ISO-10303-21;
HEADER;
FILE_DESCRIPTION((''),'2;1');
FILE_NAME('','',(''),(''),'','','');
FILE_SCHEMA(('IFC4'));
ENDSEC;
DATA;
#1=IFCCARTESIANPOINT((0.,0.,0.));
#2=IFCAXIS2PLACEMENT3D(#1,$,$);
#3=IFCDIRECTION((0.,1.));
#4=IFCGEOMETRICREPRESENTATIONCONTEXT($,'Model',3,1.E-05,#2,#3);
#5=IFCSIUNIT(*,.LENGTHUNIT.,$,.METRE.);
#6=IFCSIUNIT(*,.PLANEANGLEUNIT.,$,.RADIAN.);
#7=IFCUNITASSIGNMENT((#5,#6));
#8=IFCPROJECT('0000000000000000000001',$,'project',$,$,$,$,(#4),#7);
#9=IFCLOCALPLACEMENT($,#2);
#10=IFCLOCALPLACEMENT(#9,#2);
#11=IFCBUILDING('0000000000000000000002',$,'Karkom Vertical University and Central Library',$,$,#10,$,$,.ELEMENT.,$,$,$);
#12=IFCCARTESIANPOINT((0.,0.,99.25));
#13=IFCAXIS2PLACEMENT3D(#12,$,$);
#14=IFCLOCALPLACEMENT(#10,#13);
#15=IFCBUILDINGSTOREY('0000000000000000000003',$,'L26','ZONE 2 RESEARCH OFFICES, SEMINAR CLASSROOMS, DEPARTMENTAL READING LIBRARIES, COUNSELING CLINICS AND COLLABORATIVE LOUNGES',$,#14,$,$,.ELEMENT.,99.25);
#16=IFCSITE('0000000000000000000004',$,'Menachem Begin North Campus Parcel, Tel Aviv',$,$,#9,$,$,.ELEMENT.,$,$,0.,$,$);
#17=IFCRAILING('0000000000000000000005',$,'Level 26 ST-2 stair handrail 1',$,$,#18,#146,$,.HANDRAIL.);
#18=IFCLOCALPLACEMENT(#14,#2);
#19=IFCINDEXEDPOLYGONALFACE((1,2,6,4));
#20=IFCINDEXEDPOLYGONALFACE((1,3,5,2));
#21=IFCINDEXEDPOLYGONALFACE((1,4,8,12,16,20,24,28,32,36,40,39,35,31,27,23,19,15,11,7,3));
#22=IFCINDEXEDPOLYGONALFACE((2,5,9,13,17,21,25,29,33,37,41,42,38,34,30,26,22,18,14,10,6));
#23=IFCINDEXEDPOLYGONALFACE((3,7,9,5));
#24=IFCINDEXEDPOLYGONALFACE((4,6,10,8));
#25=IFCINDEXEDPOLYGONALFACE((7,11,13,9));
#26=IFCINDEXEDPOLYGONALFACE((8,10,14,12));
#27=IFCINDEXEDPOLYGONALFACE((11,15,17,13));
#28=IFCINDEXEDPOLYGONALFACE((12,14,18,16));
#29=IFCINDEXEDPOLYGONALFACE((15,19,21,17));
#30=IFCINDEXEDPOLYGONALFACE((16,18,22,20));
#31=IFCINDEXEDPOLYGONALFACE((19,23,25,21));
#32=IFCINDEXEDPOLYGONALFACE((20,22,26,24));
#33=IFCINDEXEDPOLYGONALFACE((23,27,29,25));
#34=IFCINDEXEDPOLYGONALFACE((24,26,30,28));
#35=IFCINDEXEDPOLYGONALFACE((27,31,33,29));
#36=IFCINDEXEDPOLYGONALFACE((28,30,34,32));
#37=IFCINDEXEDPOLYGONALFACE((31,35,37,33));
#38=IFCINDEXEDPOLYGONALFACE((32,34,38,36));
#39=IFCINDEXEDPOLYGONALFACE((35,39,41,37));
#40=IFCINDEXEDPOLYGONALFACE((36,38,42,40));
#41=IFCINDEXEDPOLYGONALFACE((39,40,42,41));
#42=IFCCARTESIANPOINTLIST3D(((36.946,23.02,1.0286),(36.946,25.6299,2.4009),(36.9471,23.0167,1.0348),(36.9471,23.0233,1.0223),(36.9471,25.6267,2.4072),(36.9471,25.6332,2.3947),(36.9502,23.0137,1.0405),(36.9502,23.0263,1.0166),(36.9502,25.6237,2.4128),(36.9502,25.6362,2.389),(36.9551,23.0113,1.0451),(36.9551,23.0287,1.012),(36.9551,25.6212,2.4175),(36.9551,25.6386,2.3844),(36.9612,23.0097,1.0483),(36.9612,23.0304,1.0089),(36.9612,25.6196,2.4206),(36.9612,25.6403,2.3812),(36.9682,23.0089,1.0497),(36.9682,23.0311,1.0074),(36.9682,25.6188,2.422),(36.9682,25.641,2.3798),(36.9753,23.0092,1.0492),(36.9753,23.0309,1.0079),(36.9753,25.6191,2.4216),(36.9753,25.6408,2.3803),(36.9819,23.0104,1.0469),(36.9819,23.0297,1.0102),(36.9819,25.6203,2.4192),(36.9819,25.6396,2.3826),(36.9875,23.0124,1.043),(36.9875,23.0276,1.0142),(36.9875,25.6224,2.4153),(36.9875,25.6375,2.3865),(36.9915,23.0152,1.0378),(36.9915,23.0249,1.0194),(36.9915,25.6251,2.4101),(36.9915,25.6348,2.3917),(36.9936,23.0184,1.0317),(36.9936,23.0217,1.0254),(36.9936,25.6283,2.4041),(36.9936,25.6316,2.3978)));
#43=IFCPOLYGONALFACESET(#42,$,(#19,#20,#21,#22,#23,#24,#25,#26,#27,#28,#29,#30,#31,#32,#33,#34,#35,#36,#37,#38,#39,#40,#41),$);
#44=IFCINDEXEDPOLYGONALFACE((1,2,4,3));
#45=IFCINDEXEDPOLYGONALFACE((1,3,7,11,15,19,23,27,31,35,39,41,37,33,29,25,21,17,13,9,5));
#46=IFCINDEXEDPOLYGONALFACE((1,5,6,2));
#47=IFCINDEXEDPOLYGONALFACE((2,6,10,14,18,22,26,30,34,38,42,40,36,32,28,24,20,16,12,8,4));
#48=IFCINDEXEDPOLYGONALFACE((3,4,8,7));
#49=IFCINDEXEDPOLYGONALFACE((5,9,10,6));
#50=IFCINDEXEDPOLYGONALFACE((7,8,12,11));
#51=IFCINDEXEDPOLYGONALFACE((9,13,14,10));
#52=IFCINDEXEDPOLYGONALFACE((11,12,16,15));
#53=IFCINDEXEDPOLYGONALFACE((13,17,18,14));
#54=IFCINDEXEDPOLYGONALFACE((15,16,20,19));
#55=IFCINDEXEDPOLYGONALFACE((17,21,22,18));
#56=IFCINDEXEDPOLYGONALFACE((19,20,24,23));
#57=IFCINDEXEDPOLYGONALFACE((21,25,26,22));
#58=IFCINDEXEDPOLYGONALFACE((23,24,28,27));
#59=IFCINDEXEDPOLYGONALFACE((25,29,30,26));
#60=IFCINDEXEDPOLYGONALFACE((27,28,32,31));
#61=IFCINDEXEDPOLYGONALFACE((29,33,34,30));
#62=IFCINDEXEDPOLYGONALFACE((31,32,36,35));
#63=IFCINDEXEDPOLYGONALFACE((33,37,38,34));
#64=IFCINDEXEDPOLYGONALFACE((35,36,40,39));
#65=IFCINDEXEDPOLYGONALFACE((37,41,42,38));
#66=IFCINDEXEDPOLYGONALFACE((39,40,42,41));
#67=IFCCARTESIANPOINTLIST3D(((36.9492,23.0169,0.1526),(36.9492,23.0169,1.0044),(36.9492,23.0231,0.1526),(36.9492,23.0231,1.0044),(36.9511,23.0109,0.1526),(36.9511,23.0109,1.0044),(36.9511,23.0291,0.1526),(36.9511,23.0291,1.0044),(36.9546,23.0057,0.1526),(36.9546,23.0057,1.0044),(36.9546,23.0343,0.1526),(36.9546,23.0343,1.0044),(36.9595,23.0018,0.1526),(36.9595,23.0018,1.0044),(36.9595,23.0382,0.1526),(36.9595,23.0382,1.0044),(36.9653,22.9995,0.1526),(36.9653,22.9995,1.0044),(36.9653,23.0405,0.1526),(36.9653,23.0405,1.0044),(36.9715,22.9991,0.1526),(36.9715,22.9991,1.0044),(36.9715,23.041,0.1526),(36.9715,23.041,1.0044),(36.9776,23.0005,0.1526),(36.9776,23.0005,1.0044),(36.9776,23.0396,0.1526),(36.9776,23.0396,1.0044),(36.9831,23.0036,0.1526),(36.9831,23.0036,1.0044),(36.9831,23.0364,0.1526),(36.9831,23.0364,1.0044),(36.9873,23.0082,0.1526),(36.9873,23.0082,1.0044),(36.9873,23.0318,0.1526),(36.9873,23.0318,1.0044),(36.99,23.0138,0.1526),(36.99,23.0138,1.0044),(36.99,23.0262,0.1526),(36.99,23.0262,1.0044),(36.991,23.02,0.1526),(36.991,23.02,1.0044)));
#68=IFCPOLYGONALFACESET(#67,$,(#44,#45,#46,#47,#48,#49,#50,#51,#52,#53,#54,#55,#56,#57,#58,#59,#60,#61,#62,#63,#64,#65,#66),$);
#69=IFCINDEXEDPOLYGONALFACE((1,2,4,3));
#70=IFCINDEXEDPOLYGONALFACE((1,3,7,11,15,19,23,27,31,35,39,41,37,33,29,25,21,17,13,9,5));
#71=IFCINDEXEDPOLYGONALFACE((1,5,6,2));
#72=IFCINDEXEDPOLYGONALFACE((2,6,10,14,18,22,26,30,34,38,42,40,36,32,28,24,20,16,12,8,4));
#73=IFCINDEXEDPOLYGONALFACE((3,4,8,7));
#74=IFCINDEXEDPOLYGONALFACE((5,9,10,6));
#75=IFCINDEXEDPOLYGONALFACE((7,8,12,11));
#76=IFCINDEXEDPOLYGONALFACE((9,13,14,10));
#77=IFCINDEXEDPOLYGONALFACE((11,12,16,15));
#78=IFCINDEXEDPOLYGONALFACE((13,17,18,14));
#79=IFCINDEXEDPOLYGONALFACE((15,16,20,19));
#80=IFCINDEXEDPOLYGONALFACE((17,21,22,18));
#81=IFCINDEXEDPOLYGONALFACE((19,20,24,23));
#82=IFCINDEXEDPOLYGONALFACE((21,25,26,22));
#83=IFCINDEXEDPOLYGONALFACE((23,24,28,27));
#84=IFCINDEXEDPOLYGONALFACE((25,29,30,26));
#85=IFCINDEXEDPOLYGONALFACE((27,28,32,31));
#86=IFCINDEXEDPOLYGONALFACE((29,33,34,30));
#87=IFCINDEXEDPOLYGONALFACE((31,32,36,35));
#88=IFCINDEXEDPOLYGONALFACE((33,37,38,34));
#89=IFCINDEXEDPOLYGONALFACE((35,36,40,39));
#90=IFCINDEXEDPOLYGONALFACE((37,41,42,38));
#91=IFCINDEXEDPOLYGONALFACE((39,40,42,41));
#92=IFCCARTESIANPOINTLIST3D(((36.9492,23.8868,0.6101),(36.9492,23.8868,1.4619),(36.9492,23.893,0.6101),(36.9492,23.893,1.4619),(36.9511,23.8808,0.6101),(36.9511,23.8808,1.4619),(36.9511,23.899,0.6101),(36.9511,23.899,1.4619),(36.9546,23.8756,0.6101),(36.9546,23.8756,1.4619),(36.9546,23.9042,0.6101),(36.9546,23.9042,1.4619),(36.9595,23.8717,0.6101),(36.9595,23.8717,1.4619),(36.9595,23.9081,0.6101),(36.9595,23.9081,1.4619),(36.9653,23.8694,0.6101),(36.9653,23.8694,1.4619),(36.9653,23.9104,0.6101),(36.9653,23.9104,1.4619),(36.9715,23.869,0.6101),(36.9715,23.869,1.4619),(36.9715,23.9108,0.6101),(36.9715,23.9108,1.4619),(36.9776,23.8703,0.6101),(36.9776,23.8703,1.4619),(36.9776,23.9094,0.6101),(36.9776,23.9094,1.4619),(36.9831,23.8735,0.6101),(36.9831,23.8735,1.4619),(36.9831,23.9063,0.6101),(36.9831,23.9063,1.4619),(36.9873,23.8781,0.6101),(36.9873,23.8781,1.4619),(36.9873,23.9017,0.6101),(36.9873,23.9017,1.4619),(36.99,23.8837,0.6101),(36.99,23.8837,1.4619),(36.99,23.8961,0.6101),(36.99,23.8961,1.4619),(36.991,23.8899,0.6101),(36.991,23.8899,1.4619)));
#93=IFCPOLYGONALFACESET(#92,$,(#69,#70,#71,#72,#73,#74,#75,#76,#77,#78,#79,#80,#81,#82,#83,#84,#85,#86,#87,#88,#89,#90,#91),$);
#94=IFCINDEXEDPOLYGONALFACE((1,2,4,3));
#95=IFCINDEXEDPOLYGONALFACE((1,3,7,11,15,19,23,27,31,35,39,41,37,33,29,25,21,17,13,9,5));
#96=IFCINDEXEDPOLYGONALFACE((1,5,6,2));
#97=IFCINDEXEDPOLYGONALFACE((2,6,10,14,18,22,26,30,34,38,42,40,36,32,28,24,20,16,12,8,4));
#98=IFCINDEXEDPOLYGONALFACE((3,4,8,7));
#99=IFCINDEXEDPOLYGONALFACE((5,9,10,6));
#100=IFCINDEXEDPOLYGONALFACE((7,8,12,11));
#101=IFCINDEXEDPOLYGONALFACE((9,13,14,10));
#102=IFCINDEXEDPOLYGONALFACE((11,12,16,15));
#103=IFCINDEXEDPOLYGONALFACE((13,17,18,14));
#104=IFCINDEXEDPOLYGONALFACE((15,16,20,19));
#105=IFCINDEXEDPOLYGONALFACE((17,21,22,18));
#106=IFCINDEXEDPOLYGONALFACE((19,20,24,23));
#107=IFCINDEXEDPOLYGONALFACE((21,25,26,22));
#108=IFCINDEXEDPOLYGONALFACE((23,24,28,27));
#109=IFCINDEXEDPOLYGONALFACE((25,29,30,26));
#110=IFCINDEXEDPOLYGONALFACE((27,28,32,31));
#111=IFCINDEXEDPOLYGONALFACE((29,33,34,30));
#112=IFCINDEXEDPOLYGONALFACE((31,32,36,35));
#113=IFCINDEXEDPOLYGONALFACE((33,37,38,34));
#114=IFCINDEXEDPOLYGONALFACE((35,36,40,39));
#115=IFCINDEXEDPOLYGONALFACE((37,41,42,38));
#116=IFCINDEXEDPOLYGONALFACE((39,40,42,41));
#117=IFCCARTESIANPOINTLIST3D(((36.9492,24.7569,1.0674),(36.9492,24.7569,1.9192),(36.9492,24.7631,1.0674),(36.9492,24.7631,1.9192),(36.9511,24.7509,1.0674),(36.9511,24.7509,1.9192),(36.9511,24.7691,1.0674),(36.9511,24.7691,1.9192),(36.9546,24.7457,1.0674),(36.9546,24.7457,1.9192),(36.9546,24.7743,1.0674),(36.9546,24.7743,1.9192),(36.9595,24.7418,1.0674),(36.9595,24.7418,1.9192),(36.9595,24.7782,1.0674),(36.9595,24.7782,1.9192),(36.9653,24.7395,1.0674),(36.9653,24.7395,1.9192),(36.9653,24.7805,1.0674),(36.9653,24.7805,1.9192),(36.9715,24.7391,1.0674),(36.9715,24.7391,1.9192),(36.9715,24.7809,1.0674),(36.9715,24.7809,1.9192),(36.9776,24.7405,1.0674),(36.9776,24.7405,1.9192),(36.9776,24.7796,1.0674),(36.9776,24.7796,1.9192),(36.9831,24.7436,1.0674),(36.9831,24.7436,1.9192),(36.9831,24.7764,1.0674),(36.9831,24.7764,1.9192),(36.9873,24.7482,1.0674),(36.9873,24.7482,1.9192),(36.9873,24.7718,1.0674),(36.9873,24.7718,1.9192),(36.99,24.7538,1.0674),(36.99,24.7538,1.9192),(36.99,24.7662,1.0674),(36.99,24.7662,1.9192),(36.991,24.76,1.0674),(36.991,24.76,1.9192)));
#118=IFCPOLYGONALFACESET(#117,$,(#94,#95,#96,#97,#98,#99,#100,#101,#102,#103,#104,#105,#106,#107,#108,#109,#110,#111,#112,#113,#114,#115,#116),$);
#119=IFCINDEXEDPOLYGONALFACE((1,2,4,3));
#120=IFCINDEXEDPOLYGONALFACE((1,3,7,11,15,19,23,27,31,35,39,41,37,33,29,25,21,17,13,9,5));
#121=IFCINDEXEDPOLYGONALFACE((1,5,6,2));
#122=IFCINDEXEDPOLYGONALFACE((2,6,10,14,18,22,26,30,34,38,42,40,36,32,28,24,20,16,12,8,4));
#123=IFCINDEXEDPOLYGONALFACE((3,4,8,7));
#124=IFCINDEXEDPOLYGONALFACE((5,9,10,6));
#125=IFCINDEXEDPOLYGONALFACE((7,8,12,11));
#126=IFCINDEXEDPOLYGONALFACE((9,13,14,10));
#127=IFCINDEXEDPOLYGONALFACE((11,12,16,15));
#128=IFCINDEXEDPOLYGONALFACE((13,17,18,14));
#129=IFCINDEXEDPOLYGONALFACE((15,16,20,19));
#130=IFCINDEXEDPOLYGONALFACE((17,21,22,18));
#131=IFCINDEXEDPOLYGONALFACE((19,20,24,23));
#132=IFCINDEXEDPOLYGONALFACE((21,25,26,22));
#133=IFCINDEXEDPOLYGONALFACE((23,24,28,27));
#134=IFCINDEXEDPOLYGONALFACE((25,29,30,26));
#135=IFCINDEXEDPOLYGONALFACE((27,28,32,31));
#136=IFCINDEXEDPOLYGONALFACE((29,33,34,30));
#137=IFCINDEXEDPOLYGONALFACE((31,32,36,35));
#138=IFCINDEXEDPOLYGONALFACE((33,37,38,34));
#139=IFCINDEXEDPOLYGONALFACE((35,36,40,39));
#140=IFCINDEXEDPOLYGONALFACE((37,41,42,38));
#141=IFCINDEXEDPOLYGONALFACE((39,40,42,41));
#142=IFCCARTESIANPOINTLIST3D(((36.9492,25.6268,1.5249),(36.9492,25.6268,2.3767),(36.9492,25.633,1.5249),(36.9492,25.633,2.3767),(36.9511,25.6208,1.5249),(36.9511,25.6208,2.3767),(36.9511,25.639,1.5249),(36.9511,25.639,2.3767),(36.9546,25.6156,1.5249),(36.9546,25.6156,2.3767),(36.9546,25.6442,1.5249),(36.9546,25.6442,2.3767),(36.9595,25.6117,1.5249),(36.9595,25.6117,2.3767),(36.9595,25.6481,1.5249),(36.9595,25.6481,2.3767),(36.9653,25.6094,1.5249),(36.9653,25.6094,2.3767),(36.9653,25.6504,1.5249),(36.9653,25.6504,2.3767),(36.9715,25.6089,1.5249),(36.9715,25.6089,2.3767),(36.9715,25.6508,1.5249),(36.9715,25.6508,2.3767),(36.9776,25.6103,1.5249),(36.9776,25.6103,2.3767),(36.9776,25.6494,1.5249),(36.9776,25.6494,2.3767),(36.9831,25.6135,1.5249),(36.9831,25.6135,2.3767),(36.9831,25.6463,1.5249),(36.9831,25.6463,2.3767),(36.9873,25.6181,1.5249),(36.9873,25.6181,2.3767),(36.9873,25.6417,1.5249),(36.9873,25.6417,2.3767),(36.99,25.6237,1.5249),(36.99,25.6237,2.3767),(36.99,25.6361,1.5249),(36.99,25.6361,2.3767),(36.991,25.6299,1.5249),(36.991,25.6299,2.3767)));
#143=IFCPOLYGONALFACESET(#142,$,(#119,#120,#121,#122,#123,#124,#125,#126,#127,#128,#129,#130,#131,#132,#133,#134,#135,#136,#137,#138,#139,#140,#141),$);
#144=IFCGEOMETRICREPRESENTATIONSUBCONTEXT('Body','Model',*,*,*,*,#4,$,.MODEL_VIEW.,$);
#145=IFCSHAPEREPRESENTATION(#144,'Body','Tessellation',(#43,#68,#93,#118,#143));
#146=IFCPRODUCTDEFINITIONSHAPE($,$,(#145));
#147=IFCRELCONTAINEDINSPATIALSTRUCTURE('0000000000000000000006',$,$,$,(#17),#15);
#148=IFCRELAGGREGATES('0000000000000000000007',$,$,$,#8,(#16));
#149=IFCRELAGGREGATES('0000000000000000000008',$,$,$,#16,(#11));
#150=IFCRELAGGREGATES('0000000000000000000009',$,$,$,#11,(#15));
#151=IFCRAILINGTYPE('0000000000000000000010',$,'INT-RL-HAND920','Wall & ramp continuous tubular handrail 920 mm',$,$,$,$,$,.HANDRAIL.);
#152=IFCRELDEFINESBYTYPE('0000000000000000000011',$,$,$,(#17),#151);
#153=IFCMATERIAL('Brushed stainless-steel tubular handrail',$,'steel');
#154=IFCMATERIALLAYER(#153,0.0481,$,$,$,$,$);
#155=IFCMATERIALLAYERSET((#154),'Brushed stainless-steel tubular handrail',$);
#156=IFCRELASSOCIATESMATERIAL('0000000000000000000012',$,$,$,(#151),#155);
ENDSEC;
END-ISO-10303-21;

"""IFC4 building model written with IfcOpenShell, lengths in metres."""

from ifc_helpers import new_model, si_unit, direction, frame, origin, origin_2d, place, context, subcontext, project, spatial, circle, extrude, material, layer, layer_set, type_object, element, save


model = new_model("IFC4")

# Units and contexts
model_context = context("Model", 3, precision=1e-05, world=origin(), true_north=direction((0.0, 1.0)))
body_context = subcontext(model_context, "Body", "Model", "MODEL_VIEW")
ifc_project = project(units=[si_unit("LENGTHUNIT", "METRE"), si_unit("PLANEANGLEUNIT", "RADIAN")], contexts=[model_context])

# Site, building, storey
site_placement = place(None, origin())
site = spatial("IfcSite", under=ifc_project, at=site_placement, Name="Menachem Begin North Campus Parcel, Tel Aviv", CompositionType="ELEMENT", RefElevation=0.0)
building_placement = place(site_placement, origin())
building = spatial("IfcBuilding", under=site, at=building_placement, Name="Karkom Vertical University and Central Library", CompositionType="ELEMENT")
storey_placement = place(building_placement, frame((0.0, 0.0, 99.25)))
storey = spatial("IfcBuildingStorey", under=building, at=storey_placement, Name="L26", Description="ZONE 2 RESEARCH OFFICES, SEMINAR CLASSROOMS, DEPARTMENTAL READING LIBRARIES, COUNSELING CLINICS AND COLLABORATIVE LOUNGES", CompositionType="ELEMENT", Elevation=99.25)

# Railing
ifc_material_1 = material(Name="Brushed stainless-steel tubular handrail", Category="steel")
ifc_layer_1 = layer(ifc_material_1, 0.0481)
ifc_layer_set_1 = layer_set([ifc_layer_1], Name="Brushed stainless-steel tubular handrail")
railing_type_1 = type_object("IfcRailingType", Name="INT-RL-HAND920", Description="Wall & ramp continuous tubular handrail 920 mm", PredefinedType="HANDRAIL", material=ifc_layer_set_1)
railing_1_placement = place(storey_placement, frame((36.97, 23.02, 0.1526)))
element("IfcRailing", 1, at=railing_1_placement, inside=storey, type_object=railing_type_1, Name="Level 26 ST-2 stair handrail 1", PredefinedType="HANDRAIL", context=body_context, shape_type="SweptSolid", body=[
    extrude(circle(Radius=0.0239, at=origin_2d()), frame((0.0, 0.0, 0.876), z_axis=(0.0, 0.8851, 0.465402), x_axis=(-1.0, 0.0, 0.0)), (0.0, 0.0, 1.0), 2.9487),
    extrude(circle(Radius=0.021, at=origin_2d()), origin(), (0.0, 0.0, 1.0), 0.8518),
    extrude(circle(Radius=0.021, at=origin_2d()), frame((0.0, 0.8699, 0.4575)), (0.0, 0.0, 1.0), 0.8518),
    extrude(circle(Radius=0.021, at=origin_2d()), frame((0.0, 1.74, 0.9148)), (0.0, 0.0, 1.0), 0.8518),
    extrude(circle(Radius=0.021, at=origin_2d()), frame((0.0, 2.6099, 1.3723)), (0.0, 0.0, 1.0), 0.8518),
])

save(model, "model.ifc")
